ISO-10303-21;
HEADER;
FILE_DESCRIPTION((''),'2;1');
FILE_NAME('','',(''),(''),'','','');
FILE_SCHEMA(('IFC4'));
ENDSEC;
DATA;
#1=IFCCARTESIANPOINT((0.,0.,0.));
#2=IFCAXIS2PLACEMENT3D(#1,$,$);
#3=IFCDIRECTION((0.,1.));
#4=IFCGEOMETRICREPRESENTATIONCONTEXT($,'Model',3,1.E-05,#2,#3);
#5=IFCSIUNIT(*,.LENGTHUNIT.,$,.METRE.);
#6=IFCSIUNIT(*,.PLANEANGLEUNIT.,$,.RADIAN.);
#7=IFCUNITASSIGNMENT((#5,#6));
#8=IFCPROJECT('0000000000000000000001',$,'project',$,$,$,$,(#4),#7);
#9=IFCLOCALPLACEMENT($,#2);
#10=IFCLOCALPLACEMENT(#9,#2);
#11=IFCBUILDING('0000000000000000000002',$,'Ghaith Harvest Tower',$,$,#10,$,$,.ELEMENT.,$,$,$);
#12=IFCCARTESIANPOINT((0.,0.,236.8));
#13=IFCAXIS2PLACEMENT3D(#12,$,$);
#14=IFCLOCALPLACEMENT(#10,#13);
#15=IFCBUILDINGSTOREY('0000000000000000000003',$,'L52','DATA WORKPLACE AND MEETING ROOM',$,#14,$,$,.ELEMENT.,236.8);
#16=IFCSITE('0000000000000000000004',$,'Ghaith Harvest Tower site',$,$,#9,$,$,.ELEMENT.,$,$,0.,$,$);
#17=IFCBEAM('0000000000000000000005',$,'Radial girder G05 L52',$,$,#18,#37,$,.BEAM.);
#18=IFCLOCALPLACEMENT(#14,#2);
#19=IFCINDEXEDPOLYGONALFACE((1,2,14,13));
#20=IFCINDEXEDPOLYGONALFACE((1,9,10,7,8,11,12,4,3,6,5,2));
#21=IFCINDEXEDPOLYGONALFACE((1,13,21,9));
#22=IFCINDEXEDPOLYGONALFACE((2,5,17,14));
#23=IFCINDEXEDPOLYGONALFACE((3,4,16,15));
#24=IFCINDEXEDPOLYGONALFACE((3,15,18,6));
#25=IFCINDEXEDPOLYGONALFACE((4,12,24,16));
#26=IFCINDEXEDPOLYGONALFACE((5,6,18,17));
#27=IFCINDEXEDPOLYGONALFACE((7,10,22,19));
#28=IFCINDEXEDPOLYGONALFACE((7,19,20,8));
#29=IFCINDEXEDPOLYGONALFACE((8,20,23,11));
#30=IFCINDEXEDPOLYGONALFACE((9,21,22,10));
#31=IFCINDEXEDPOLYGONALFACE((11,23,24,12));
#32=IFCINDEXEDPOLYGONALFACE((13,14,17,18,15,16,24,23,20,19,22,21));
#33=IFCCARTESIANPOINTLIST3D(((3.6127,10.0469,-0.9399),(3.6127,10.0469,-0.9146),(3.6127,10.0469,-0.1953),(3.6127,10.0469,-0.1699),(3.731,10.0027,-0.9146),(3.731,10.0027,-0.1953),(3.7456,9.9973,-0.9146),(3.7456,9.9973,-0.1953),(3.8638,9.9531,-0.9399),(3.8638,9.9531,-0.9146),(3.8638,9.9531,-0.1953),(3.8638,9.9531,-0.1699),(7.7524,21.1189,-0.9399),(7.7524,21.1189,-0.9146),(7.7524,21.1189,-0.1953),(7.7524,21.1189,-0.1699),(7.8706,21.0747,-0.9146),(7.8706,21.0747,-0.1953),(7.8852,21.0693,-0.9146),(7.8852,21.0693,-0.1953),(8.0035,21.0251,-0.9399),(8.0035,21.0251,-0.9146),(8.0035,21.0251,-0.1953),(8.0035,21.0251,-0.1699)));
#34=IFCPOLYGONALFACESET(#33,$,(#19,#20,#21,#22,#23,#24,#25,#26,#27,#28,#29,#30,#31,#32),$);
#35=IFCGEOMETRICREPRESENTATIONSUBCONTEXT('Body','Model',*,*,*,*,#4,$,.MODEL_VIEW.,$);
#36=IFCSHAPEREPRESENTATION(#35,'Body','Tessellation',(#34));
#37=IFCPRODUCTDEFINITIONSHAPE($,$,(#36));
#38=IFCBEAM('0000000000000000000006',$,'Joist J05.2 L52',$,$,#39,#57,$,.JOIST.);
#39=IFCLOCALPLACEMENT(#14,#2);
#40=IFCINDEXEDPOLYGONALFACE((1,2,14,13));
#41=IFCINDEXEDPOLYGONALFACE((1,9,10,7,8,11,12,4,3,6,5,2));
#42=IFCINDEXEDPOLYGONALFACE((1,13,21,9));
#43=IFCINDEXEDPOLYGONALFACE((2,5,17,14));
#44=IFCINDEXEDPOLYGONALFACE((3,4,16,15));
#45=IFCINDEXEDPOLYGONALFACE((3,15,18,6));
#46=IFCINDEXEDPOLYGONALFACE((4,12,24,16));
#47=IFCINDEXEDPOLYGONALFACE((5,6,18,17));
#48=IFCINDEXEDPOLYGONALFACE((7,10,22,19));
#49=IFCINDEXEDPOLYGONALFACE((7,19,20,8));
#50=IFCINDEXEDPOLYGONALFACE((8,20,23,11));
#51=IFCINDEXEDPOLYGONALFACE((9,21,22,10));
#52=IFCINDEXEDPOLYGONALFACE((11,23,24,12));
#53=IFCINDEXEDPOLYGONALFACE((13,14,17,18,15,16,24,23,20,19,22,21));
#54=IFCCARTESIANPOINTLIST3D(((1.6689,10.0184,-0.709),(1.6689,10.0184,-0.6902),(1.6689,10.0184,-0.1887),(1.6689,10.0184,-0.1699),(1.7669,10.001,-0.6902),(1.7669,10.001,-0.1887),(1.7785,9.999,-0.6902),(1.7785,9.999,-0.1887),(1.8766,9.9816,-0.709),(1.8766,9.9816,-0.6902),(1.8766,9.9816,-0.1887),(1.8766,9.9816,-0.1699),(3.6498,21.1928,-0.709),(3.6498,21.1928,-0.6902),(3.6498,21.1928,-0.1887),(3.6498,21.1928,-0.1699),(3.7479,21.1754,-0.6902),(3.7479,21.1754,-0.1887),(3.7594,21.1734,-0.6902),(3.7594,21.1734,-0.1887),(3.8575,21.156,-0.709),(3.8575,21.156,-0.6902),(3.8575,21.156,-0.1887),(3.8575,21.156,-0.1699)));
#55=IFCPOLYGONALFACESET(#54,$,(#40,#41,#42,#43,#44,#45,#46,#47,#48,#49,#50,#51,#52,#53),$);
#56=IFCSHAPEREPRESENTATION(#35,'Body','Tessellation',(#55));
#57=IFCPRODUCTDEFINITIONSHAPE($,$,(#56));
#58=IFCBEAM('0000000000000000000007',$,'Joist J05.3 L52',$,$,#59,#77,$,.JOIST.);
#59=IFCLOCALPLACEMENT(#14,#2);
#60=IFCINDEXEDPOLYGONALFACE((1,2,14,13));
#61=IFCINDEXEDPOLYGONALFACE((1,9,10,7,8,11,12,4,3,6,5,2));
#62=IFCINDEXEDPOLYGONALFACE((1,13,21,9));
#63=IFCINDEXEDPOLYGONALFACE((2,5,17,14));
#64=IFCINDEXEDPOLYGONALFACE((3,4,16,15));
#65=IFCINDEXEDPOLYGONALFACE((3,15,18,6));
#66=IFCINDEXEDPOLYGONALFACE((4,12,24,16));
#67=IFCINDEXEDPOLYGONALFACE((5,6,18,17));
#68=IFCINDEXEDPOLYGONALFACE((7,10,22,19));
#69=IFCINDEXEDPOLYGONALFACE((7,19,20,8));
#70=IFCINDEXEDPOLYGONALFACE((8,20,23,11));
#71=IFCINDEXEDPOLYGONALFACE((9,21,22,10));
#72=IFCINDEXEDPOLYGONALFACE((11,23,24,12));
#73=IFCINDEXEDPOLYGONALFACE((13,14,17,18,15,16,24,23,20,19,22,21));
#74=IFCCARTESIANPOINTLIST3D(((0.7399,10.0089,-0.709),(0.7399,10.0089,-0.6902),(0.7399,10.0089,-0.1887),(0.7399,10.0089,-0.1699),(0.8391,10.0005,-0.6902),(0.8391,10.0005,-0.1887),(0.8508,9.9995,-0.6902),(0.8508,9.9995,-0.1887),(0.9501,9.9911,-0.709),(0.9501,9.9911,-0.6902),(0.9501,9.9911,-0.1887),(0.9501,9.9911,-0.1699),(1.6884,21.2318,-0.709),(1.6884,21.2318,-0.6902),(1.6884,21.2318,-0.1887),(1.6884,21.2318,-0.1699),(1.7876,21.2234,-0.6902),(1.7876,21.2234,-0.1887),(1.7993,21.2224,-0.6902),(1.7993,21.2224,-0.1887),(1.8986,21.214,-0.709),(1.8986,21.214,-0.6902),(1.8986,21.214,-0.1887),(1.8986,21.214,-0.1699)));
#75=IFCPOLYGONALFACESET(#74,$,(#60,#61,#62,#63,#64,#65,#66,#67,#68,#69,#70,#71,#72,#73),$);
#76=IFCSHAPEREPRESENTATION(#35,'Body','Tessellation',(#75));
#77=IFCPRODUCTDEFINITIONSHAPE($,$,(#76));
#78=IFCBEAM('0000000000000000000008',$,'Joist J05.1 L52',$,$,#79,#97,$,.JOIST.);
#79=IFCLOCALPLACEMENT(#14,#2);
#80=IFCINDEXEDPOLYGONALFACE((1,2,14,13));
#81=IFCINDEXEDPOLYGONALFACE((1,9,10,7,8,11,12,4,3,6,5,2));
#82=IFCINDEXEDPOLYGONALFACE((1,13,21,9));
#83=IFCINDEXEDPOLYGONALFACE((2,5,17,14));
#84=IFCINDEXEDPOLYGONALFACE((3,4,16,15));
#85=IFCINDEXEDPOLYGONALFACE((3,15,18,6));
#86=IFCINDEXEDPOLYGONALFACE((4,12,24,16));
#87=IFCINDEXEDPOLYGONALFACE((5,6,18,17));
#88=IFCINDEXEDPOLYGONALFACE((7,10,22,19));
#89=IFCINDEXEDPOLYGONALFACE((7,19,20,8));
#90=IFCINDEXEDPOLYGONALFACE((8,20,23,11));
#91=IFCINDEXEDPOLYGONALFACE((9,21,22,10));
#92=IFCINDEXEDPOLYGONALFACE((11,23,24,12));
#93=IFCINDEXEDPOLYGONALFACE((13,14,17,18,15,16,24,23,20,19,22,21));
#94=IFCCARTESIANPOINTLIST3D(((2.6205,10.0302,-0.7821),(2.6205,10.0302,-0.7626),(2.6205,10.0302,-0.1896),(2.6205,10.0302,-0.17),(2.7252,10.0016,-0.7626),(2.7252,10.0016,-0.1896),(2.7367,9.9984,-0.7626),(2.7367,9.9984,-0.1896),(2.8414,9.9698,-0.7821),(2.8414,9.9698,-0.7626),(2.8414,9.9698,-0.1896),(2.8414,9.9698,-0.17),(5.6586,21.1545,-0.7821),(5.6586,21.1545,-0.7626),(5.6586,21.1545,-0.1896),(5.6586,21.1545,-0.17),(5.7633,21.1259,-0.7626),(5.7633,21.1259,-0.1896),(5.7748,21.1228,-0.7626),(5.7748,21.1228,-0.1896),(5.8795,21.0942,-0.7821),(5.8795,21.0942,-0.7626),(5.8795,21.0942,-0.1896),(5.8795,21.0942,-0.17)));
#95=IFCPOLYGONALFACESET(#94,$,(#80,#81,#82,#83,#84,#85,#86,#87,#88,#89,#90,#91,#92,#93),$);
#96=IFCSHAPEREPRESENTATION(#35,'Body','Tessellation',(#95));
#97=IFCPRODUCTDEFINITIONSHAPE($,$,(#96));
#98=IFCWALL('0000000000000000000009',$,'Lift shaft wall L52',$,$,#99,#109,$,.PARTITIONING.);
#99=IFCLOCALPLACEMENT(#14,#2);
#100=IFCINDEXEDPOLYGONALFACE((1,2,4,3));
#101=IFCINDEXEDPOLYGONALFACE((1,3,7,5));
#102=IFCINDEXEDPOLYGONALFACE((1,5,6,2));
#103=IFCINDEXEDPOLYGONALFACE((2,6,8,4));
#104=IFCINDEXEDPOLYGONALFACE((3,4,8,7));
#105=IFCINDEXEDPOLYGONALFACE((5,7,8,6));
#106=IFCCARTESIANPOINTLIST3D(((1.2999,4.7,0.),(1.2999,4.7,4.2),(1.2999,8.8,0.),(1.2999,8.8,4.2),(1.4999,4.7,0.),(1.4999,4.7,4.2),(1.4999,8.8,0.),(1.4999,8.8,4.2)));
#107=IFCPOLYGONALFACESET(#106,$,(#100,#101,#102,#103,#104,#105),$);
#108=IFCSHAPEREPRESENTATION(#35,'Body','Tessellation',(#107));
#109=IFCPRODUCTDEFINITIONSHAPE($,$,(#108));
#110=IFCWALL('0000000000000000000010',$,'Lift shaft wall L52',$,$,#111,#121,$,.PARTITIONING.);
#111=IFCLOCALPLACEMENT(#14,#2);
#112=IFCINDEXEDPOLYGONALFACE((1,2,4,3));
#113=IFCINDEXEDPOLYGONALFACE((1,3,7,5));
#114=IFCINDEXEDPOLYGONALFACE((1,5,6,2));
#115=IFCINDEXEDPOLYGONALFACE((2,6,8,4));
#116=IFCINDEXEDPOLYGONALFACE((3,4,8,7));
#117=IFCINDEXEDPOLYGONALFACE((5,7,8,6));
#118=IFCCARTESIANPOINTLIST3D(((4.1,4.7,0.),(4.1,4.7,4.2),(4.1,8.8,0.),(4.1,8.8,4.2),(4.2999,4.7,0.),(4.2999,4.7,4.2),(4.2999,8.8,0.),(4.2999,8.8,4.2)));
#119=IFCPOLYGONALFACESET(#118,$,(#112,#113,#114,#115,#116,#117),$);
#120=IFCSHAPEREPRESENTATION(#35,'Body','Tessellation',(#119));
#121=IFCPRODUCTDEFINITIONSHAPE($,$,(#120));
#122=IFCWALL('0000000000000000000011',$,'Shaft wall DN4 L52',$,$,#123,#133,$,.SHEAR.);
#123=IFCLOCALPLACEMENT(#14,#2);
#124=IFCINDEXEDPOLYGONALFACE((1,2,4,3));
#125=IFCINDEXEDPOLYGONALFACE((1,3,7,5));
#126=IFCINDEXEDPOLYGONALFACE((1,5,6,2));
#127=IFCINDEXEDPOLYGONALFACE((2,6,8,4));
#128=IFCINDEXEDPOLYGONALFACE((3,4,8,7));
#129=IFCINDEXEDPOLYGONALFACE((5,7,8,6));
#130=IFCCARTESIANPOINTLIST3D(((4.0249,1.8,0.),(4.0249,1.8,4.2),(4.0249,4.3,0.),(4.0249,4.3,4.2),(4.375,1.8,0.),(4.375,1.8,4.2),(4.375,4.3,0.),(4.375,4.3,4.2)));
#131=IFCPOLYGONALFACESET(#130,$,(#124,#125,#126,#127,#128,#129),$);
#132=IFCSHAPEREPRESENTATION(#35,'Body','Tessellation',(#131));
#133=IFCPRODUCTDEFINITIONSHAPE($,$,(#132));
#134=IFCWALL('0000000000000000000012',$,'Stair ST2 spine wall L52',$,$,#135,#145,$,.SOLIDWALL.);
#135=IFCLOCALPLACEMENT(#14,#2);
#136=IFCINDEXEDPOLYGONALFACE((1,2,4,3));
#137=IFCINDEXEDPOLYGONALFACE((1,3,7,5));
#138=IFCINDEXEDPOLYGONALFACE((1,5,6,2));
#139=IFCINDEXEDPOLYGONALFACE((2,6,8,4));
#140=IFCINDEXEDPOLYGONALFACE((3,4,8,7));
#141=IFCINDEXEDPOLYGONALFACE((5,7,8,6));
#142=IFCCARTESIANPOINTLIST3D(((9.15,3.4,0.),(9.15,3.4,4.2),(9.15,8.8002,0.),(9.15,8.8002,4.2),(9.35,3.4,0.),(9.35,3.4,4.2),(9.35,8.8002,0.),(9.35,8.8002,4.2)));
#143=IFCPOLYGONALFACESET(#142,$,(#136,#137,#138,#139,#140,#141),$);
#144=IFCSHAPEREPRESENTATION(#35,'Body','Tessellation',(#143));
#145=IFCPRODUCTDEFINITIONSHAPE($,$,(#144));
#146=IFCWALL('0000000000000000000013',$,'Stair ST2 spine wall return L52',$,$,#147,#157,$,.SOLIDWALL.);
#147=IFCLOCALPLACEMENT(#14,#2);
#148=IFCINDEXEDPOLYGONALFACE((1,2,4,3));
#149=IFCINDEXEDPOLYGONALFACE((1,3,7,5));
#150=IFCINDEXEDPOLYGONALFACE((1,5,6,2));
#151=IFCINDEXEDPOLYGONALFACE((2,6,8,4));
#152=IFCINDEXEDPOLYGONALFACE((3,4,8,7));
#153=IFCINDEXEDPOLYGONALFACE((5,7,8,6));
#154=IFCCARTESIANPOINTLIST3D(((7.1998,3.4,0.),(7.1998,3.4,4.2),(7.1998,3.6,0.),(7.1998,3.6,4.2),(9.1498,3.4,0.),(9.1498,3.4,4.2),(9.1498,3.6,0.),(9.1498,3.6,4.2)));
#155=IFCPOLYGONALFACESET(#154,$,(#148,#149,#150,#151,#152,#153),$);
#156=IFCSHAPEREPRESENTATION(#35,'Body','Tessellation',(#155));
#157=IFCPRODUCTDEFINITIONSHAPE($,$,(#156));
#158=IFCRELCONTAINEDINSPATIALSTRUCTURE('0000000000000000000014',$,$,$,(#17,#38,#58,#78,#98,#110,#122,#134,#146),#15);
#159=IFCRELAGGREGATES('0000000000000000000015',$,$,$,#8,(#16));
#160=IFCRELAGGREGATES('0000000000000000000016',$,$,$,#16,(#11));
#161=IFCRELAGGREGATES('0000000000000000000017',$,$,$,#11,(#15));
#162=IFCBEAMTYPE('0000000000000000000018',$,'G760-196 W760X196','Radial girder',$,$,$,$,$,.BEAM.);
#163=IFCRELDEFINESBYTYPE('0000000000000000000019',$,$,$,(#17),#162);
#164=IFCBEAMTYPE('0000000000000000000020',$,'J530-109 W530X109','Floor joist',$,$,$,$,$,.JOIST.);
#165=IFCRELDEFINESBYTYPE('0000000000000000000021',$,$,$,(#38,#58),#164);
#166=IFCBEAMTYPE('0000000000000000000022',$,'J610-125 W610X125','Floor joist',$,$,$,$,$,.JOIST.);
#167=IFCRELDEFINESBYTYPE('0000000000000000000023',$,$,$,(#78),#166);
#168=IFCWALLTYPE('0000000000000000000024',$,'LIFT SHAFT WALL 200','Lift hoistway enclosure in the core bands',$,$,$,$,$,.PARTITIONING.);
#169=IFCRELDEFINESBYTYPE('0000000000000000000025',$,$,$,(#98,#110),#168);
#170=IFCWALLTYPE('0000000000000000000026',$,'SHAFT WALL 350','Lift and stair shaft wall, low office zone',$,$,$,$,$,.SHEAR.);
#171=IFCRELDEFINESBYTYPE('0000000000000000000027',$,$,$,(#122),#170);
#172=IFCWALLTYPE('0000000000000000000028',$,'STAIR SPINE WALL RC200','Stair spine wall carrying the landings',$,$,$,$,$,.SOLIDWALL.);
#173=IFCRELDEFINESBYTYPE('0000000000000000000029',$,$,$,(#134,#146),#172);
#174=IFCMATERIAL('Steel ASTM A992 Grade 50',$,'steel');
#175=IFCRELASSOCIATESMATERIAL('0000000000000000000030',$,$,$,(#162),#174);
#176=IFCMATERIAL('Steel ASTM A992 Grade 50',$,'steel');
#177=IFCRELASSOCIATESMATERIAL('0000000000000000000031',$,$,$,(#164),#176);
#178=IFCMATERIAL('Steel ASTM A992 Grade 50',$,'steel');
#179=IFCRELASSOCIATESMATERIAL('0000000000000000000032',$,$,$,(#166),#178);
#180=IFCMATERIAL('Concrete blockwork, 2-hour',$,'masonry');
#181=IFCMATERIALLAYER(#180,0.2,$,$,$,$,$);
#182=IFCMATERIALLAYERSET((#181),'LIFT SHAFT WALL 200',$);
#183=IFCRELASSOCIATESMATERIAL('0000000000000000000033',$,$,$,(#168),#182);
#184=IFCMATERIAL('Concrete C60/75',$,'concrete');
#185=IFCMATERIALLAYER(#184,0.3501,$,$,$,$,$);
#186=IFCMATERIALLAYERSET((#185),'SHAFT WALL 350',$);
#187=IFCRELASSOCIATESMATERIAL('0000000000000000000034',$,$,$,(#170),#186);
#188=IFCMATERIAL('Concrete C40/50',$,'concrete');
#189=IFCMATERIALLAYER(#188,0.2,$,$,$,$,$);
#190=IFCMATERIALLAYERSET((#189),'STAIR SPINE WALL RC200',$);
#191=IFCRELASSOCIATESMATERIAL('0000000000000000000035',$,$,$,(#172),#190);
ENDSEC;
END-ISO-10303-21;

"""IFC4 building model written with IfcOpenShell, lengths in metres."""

from ifc_helpers import new_model, si_unit, direction, frame, frame_2d, origin, origin_2d, place, context, subcontext, project, spatial, rectangle, i_section, extrude, material, layer, layer_set, material_profile, profile_set, type_object, element, save


model = new_model("IFC4")

# Units and contexts
model_context = context("Model", 3, precision=1e-05, world=origin(), true_north=direction((0.0, 1.0)))
body_context = subcontext(model_context, "Body", "Model", "MODEL_VIEW")
ifc_project = project(units=[si_unit("LENGTHUNIT", "METRE"), si_unit("PLANEANGLEUNIT", "RADIAN")], contexts=[model_context])

# Site, building, storey
site_placement = place(None, origin())
site = spatial("IfcSite", under=ifc_project, at=site_placement, Name="Ghaith Harvest Tower site", CompositionType="ELEMENT", RefElevation=0.0)
building_placement = place(site_placement, origin())
building = spatial("IfcBuilding", under=site, at=building_placement, Name="Ghaith Harvest Tower", CompositionType="ELEMENT")
storey_placement = place(building_placement, frame((0.0, 0.0, 236.8)))
storey = spatial("IfcBuildingStorey", under=building, at=storey_placement, Name="L52", Description="DATA WORKPLACE AND MEETING ROOM", CompositionType="ELEMENT", Elevation=236.8)

# Beams
ifc_material_1 = material(Name="Steel ASTM A992 Grade 50", Category="steel")
ifc_material_profile_1 = material_profile(ifc_material_1, i_section(OverallWidth=0.2681, OverallDepth=0.77, WebThickness=0.0156, FlangeThickness=0.0254, at=origin_2d()), Name="W760X196")
ifc_profile_set_1 = profile_set([ifc_material_profile_1], Name="Steel ASTM A992 Grade 50")
beam_type_1 = type_object("IfcBeamType", Name="G760-196 W760X196", Description="Radial girder", PredefinedType="BEAM", material=ifc_profile_set_1)
beam_1_placement = place(storey_placement, frame((3.7383, 10.0, -0.5549), z_axis=(0.350207, 0.936672, 0.0), x_axis=(-0.936672, 0.350207, 0.0)))
element("IfcBeam", 1, at=beam_1_placement, inside=storey, type_object=beam_type_1, Name="Radial girder G05 L52", PredefinedType="BEAM", context=body_context, shape_type="SweptSolid", body=[
    extrude(i_section(OverallWidth=0.2681, OverallDepth=0.77, WebThickness=0.0156, FlangeThickness=0.0254, at=origin_2d()), origin(), (0.0, 0.0, 1.0), 11.8206),
])
ifc_material_2 = material(Name="Steel ASTM A992 Grade 50", Category="steel")
ifc_material_profile_2 = material_profile(ifc_material_2, i_section(OverallWidth=0.2109, OverallDepth=0.5391, WebThickness=0.0117, FlangeThickness=0.0188, at=origin_2d()), Name="W530X109")
ifc_profile_set_2 = profile_set([ifc_material_profile_2], Name="Steel ASTM A992 Grade 50")
beam_type_2 = type_object("IfcBeamType", Name="J530-109 W530X109", Description="Floor joist", PredefinedType="JOIST", material=ifc_profile_set_2)
beam_2_placement = place(storey_placement, frame((1.7727, 10.0, -0.4395), z_axis=(0.174556, 0.984647, 0.0), x_axis=(-0.984647, 0.174556, 0.0)))
element("IfcBeam", 2, at=beam_2_placement, inside=storey, type_object=beam_type_2, Name="Joist J05.2 L52", PredefinedType="JOIST", context=body_context, shape_type="SweptSolid", body=[
    extrude(i_section(OverallWidth=0.2109, OverallDepth=0.5391, WebThickness=0.0117, FlangeThickness=0.0188, at=origin_2d()), origin(), (0.0, 0.0, 1.0), 11.3486),
])
beam_3_placement = place(storey_placement, frame((0.845, 10.0, -0.4395), z_axis=(0.084213, 0.996448, 0.0), x_axis=(-0.996448, 0.084213, 0.0)))
element("IfcBeam", 3, at=beam_3_placement, inside=storey, type_object=beam_type_2, Name="Joist J05.3 L52", PredefinedType="JOIST", context=body_context, shape_type="SweptSolid", body=[
    extrude(i_section(OverallWidth=0.2109, OverallDepth=0.5391, WebThickness=0.0117, FlangeThickness=0.0188, at=origin_2d()), origin(), (0.0, 0.0, 1.0), 11.2629),
])
ifc_material_3 = material(Name="Steel ASTM A992 Grade 50", Category="steel")
ifc_material_profile_3 = material_profile(ifc_material_3, i_section(OverallWidth=0.229, OverallDepth=0.6121, WebThickness=0.012, FlangeThickness=0.0195, at=origin_2d()), Name="W610X125")
ifc_profile_set_3 = profile_set([ifc_material_profile_3], Name="Steel ASTM A992 Grade 50")
beam_type_3 = type_object("IfcBeamType", Name="J610-125 W610X125", Description="Floor joist", PredefinedType="JOIST", material=ifc_profile_set_3)
beam_4_placement = place(storey_placement, frame((2.731, 10.0, -0.4761), z_axis=(0.263456, 0.964671, 0.0), x_axis=(-0.964671, 0.263456, 0.0)))
element("IfcBeam", 4, at=beam_4_placement, inside=storey, type_object=beam_type_3, Name="Joist J05.1 L52", PredefinedType="JOIST", context=body_context, shape_type="SweptSolid", body=[
    extrude(i_section(OverallWidth=0.229, OverallDepth=0.6121, WebThickness=0.012, FlangeThickness=0.0195, at=origin_2d()), origin(), (0.0, 0.0, 1.0), 11.5317),
])

# Walls
ifc_material_4 = material(Name="Concrete blockwork, 2-hour", Category="masonry")
ifc_layer_1 = layer(ifc_material_4, 0.2)
ifc_layer_set_1 = layer_set([ifc_layer_1], Name="LIFT SHAFT WALL 200")
wall_type_1 = type_object("IfcWallType", Name="LIFT SHAFT WALL 200", Description="Lift hoistway enclosure in the core bands", PredefinedType="PARTITIONING", material=ifc_layer_set_1)
for number, where, z_axis, x_axis, name in (
    (5, (1.3999, 4.7, 0.0), (0.0, 0.0, 1.0), (0.0, 1.0, 0.0), "Lift shaft wall L52"),
    (6, (4.2, 4.7, 0.0), (0.0, 0.0, 1.0), (0.0, 1.0, 0.0), "Lift shaft wall L52"),
):
    element("IfcWall", number, at=place(storey_placement, frame(where, z_axis=z_axis, x_axis=x_axis)), inside=storey, type_object=wall_type_1, Name=name, PredefinedType="PARTITIONING", context=body_context, shape_type="SweptSolid", body=[
        extrude(rectangle(XDim=4.1001, YDim=0.2, at=frame_2d((2.05, 0.0))), origin(), (0.0, 0.0, 1.0), 4.2),
    ])

# Shared definitions
ifc_material_5 = material(Name="Concrete C60/75", Category="concrete")
ifc_layer_2 = layer(ifc_material_5, 0.3501)
ifc_layer_set_2 = layer_set([ifc_layer_2], Name="SHAFT WALL 350")
wall_type_2 = type_object("IfcWallType", Name="SHAFT WALL 350", Description="Lift and stair shaft wall, low office zone", PredefinedType="SHEAR", material=ifc_layer_set_2)

# Walls
wall_1_placement = place(storey_placement, frame((4.2, 1.8, 0.0), z_axis=(0.0, 0.0, 1.0), x_axis=(0.0, 1.0, 0.0)))
element("IfcWall", 7, at=wall_1_placement, inside=storey, type_object=wall_type_2, Name="Shaft wall DN4 L52", PredefinedType="SHEAR", context=body_context, shape_type="SweptSolid", body=[
    extrude(rectangle(XDim=2.5, YDim=0.3501, at=frame_2d((1.25, 0.0))), origin(), (0.0, 0.0, 1.0), 4.2),
])
ifc_material_6 = material(Name="Concrete C40/50", Category="concrete")
ifc_layer_3 = layer(ifc_material_6, 0.2)
ifc_layer_set_3 = layer_set([ifc_layer_3], Name="STAIR SPINE WALL RC200")
wall_type_3 = type_object("IfcWallType", Name="STAIR SPINE WALL RC200", Description="Stair spine wall carrying the landings", PredefinedType="SOLIDWALL", material=ifc_layer_set_3)
wall_2_placement = place(storey_placement, frame((9.25, 3.3999, 0.0), z_axis=(0.0, 0.0, 1.0), x_axis=(0.0, 1.0, 0.0)))
element("IfcWall", 8, at=wall_2_placement, inside=storey, type_object=wall_type_3, Name="Stair ST2 spine wall L52", PredefinedType="SOLIDWALL", context=body_context, shape_type="SweptSolid", body=[
    extrude(rectangle(XDim=5.4001, YDim=0.2, at=frame_2d((2.7002, 0.0))), origin(), (0.0, 0.0, 1.0), 4.2),
])
wall_3_placement = place(storey_placement, frame((9.1499, 3.5, 0.0), z_axis=(0.0, 0.0, 1.0), x_axis=(-1.0, 0.0, 0.0)))
element("IfcWall", 9, at=wall_3_placement, inside=storey, type_object=wall_type_3, Name="Stair ST2 spine wall return L52", PredefinedType="SOLIDWALL", context=body_context, shape_type="SweptSolid", body=[
    extrude(rectangle(XDim=1.95, YDim=0.2, at=frame_2d((0.9751, 0.0))), origin(), (0.0, 0.0, 1.0), 4.2),
])

save(model, "model.ifc")
